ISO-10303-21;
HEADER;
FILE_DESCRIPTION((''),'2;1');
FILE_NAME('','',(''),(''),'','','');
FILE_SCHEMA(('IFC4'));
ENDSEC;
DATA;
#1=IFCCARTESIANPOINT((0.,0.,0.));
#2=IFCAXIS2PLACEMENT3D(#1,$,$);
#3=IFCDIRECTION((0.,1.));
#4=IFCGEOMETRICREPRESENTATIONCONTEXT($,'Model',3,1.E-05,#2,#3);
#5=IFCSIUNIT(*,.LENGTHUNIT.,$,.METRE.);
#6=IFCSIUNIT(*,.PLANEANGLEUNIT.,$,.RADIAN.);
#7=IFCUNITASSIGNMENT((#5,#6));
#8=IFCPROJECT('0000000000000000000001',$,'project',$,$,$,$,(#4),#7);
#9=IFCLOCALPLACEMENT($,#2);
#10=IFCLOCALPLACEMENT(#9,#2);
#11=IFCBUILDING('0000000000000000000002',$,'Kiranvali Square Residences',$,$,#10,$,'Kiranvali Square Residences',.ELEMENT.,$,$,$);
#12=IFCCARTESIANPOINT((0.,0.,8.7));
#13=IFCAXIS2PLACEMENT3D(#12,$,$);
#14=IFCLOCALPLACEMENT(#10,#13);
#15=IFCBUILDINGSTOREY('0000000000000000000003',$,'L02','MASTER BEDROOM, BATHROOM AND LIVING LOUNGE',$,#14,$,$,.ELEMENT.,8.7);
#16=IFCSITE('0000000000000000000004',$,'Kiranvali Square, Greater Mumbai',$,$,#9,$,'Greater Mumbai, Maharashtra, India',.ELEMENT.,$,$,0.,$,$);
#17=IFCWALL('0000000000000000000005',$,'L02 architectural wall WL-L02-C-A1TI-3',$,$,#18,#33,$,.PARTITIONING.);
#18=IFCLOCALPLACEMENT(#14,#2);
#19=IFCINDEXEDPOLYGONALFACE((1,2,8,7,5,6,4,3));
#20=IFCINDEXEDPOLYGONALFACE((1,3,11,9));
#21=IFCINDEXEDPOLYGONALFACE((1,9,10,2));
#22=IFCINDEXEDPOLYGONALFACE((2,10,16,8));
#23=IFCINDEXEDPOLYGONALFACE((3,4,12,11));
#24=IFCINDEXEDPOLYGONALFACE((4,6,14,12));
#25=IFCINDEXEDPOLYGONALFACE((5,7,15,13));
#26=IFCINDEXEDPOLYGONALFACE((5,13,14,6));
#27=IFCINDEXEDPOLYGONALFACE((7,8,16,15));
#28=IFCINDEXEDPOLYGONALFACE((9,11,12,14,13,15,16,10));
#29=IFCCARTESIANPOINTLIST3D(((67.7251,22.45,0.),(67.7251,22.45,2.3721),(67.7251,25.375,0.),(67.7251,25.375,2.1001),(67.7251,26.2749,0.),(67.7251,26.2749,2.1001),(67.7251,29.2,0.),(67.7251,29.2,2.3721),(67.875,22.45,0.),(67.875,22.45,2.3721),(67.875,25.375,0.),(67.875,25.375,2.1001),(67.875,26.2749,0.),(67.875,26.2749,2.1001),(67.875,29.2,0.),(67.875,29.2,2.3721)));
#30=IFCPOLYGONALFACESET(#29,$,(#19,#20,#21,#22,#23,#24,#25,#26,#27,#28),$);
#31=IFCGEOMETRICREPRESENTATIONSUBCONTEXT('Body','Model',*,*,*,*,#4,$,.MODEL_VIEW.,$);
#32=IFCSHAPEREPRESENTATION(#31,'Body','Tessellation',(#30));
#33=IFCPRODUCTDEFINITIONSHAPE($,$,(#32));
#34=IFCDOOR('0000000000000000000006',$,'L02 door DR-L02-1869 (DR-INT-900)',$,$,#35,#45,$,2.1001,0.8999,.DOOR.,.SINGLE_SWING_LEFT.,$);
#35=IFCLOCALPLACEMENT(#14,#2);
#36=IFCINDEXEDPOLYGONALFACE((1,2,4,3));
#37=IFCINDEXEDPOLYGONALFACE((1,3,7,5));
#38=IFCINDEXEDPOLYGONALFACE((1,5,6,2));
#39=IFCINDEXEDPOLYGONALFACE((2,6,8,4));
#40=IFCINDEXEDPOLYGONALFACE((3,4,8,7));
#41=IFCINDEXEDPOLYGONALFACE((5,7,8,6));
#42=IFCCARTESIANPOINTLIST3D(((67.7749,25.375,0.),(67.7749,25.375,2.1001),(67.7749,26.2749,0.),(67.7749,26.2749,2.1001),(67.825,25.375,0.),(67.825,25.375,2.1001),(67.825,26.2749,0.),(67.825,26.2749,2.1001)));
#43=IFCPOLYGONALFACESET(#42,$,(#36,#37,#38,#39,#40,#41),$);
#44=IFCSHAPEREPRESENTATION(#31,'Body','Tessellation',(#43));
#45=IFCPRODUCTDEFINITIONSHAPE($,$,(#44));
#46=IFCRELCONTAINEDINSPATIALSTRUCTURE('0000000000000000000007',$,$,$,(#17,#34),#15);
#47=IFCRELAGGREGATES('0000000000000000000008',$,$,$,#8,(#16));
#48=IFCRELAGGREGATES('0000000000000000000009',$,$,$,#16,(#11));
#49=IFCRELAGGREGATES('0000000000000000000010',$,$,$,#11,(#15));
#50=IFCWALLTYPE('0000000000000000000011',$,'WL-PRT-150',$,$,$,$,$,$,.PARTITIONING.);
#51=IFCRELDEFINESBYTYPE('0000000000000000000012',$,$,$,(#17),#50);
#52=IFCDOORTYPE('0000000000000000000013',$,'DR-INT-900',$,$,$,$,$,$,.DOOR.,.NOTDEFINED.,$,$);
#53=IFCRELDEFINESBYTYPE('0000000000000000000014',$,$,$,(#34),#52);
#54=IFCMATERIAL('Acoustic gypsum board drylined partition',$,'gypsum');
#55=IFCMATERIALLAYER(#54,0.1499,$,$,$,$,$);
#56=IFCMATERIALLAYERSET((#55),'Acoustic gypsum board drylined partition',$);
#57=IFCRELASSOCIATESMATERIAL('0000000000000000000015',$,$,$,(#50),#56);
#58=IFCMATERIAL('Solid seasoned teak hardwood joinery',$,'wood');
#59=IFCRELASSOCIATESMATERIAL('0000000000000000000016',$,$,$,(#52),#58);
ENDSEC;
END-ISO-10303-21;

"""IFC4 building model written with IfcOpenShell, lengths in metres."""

from ifc_helpers import new_model, si_unit, direction, frame, frame_2d, origin, place, context, subcontext, project, spatial, rectangle, extrude, material, layer, layer_set, type_object, element, fill, save


model = new_model("IFC4")

# Units and contexts
model_context = context("Model", 3, precision=1e-05, world=origin(), true_north=direction((0.0, 1.0)))
body_context = subcontext(model_context, "Body", "Model", "MODEL_VIEW")
ifc_project = project(units=[si_unit("LENGTHUNIT", "METRE"), si_unit("PLANEANGLEUNIT", "RADIAN")], contexts=[model_context])

# Site, building, storey
site_placement = place(None, origin())
site = spatial("IfcSite", under=ifc_project, at=site_placement, Name="Kiranvali Square, Greater Mumbai", LongName="Greater Mumbai, Maharashtra, India", CompositionType="ELEMENT", RefElevation=0.0)
building_placement = place(site_placement, origin())
building = spatial("IfcBuilding", under=site, at=building_placement, Name="Kiranvali Square Residences", LongName="Kiranvali Square Residences", CompositionType="ELEMENT")
storey_placement = place(building_placement, frame((0.0, 0.0, 8.7)))
storey = spatial("IfcBuildingStorey", under=building, at=storey_placement, Name="L02", Description="MASTER BEDROOM, BATHROOM AND LIVING LOUNGE", CompositionType="ELEMENT", Elevation=8.7)

# Wall, opening, door
ifc_material_1 = material(Name="Acoustic gypsum board drylined partition", Category="gypsum")
ifc_layer_1 = layer(ifc_material_1, 0.1499)
ifc_layer_set_1 = layer_set([ifc_layer_1], Name="Acoustic gypsum board drylined partition")
wall_type_1 = type_object("IfcWallType", Name="WL-PRT-150", PredefinedType="PARTITIONING", material=ifc_layer_set_1)
wall_1_placement = place(storey_placement, frame((67.8, 29.2, 0.0), z_axis=(0.0, 0.0, 1.0), x_axis=(0.0, -1.0, 0.0)))
wall_1 = element("IfcWall", 1, at=wall_1_placement, inside=storey, type_object=wall_type_1, Name="L02 architectural wall WL-L02-C-A1TI-3", PredefinedType="PARTITIONING", context=body_context, shape_type="SweptSolid", body=[
    extrude(rectangle(XDim=6.75, YDim=0.1499, at=frame_2d((3.375, 0.0))), origin(), (0.0, 0.0, 1.0), 2.3721),
])
opening_1_placement = place(wall_1_placement, frame((2.925, 0.0, 0.0)))
opening_1 = element("IfcOpeningElement", 2, at=opening_1_placement, cuts=wall_1, PredefinedType="OPENING", context=body_context, shape_type="SweptSolid", body=[
    extrude(rectangle(XDim=0.8999, YDim=2.1001, at=frame_2d((0.45, 1.05))), frame((0.0, 0.085, 0.0), z_axis=(0.0, -1.0, 0.0), x_axis=(1.0, 0.0, 0.0)), (0.0, 0.0, 1.0), 0.1699),
])
ifc_material_2 = material(Name="Solid seasoned teak hardwood joinery", Category="wood")
door_type = type_object("IfcDoorType", Name="DR-INT-900", OperationType="NOTDEFINED", PredefinedType="DOOR", material=ifc_material_2)
door_placement = place(opening_1_placement, origin())
door = element("IfcDoor", 3, at=door_placement, inside=storey, type_object=door_type, Name="L02 door DR-L02-1869 (DR-INT-900)", OperationType="SINGLE_SWING_LEFT", OverallHeight=2.1001, OverallWidth=0.8999, PredefinedType="DOOR", context=body_context, shape_type="SweptSolid", body=[
    extrude(rectangle(XDim=0.8999, YDim=2.1001, at=frame_2d((0.45, 1.05))), frame((0.0, 0.0249, 0.0), z_axis=(0.0, -1.0, 0.0), x_axis=(1.0, 0.0, 0.0)), (0.0, 0.0, 1.0), 0.05),
])
fill(opening_1, door)

save(model, "model.ifc")
